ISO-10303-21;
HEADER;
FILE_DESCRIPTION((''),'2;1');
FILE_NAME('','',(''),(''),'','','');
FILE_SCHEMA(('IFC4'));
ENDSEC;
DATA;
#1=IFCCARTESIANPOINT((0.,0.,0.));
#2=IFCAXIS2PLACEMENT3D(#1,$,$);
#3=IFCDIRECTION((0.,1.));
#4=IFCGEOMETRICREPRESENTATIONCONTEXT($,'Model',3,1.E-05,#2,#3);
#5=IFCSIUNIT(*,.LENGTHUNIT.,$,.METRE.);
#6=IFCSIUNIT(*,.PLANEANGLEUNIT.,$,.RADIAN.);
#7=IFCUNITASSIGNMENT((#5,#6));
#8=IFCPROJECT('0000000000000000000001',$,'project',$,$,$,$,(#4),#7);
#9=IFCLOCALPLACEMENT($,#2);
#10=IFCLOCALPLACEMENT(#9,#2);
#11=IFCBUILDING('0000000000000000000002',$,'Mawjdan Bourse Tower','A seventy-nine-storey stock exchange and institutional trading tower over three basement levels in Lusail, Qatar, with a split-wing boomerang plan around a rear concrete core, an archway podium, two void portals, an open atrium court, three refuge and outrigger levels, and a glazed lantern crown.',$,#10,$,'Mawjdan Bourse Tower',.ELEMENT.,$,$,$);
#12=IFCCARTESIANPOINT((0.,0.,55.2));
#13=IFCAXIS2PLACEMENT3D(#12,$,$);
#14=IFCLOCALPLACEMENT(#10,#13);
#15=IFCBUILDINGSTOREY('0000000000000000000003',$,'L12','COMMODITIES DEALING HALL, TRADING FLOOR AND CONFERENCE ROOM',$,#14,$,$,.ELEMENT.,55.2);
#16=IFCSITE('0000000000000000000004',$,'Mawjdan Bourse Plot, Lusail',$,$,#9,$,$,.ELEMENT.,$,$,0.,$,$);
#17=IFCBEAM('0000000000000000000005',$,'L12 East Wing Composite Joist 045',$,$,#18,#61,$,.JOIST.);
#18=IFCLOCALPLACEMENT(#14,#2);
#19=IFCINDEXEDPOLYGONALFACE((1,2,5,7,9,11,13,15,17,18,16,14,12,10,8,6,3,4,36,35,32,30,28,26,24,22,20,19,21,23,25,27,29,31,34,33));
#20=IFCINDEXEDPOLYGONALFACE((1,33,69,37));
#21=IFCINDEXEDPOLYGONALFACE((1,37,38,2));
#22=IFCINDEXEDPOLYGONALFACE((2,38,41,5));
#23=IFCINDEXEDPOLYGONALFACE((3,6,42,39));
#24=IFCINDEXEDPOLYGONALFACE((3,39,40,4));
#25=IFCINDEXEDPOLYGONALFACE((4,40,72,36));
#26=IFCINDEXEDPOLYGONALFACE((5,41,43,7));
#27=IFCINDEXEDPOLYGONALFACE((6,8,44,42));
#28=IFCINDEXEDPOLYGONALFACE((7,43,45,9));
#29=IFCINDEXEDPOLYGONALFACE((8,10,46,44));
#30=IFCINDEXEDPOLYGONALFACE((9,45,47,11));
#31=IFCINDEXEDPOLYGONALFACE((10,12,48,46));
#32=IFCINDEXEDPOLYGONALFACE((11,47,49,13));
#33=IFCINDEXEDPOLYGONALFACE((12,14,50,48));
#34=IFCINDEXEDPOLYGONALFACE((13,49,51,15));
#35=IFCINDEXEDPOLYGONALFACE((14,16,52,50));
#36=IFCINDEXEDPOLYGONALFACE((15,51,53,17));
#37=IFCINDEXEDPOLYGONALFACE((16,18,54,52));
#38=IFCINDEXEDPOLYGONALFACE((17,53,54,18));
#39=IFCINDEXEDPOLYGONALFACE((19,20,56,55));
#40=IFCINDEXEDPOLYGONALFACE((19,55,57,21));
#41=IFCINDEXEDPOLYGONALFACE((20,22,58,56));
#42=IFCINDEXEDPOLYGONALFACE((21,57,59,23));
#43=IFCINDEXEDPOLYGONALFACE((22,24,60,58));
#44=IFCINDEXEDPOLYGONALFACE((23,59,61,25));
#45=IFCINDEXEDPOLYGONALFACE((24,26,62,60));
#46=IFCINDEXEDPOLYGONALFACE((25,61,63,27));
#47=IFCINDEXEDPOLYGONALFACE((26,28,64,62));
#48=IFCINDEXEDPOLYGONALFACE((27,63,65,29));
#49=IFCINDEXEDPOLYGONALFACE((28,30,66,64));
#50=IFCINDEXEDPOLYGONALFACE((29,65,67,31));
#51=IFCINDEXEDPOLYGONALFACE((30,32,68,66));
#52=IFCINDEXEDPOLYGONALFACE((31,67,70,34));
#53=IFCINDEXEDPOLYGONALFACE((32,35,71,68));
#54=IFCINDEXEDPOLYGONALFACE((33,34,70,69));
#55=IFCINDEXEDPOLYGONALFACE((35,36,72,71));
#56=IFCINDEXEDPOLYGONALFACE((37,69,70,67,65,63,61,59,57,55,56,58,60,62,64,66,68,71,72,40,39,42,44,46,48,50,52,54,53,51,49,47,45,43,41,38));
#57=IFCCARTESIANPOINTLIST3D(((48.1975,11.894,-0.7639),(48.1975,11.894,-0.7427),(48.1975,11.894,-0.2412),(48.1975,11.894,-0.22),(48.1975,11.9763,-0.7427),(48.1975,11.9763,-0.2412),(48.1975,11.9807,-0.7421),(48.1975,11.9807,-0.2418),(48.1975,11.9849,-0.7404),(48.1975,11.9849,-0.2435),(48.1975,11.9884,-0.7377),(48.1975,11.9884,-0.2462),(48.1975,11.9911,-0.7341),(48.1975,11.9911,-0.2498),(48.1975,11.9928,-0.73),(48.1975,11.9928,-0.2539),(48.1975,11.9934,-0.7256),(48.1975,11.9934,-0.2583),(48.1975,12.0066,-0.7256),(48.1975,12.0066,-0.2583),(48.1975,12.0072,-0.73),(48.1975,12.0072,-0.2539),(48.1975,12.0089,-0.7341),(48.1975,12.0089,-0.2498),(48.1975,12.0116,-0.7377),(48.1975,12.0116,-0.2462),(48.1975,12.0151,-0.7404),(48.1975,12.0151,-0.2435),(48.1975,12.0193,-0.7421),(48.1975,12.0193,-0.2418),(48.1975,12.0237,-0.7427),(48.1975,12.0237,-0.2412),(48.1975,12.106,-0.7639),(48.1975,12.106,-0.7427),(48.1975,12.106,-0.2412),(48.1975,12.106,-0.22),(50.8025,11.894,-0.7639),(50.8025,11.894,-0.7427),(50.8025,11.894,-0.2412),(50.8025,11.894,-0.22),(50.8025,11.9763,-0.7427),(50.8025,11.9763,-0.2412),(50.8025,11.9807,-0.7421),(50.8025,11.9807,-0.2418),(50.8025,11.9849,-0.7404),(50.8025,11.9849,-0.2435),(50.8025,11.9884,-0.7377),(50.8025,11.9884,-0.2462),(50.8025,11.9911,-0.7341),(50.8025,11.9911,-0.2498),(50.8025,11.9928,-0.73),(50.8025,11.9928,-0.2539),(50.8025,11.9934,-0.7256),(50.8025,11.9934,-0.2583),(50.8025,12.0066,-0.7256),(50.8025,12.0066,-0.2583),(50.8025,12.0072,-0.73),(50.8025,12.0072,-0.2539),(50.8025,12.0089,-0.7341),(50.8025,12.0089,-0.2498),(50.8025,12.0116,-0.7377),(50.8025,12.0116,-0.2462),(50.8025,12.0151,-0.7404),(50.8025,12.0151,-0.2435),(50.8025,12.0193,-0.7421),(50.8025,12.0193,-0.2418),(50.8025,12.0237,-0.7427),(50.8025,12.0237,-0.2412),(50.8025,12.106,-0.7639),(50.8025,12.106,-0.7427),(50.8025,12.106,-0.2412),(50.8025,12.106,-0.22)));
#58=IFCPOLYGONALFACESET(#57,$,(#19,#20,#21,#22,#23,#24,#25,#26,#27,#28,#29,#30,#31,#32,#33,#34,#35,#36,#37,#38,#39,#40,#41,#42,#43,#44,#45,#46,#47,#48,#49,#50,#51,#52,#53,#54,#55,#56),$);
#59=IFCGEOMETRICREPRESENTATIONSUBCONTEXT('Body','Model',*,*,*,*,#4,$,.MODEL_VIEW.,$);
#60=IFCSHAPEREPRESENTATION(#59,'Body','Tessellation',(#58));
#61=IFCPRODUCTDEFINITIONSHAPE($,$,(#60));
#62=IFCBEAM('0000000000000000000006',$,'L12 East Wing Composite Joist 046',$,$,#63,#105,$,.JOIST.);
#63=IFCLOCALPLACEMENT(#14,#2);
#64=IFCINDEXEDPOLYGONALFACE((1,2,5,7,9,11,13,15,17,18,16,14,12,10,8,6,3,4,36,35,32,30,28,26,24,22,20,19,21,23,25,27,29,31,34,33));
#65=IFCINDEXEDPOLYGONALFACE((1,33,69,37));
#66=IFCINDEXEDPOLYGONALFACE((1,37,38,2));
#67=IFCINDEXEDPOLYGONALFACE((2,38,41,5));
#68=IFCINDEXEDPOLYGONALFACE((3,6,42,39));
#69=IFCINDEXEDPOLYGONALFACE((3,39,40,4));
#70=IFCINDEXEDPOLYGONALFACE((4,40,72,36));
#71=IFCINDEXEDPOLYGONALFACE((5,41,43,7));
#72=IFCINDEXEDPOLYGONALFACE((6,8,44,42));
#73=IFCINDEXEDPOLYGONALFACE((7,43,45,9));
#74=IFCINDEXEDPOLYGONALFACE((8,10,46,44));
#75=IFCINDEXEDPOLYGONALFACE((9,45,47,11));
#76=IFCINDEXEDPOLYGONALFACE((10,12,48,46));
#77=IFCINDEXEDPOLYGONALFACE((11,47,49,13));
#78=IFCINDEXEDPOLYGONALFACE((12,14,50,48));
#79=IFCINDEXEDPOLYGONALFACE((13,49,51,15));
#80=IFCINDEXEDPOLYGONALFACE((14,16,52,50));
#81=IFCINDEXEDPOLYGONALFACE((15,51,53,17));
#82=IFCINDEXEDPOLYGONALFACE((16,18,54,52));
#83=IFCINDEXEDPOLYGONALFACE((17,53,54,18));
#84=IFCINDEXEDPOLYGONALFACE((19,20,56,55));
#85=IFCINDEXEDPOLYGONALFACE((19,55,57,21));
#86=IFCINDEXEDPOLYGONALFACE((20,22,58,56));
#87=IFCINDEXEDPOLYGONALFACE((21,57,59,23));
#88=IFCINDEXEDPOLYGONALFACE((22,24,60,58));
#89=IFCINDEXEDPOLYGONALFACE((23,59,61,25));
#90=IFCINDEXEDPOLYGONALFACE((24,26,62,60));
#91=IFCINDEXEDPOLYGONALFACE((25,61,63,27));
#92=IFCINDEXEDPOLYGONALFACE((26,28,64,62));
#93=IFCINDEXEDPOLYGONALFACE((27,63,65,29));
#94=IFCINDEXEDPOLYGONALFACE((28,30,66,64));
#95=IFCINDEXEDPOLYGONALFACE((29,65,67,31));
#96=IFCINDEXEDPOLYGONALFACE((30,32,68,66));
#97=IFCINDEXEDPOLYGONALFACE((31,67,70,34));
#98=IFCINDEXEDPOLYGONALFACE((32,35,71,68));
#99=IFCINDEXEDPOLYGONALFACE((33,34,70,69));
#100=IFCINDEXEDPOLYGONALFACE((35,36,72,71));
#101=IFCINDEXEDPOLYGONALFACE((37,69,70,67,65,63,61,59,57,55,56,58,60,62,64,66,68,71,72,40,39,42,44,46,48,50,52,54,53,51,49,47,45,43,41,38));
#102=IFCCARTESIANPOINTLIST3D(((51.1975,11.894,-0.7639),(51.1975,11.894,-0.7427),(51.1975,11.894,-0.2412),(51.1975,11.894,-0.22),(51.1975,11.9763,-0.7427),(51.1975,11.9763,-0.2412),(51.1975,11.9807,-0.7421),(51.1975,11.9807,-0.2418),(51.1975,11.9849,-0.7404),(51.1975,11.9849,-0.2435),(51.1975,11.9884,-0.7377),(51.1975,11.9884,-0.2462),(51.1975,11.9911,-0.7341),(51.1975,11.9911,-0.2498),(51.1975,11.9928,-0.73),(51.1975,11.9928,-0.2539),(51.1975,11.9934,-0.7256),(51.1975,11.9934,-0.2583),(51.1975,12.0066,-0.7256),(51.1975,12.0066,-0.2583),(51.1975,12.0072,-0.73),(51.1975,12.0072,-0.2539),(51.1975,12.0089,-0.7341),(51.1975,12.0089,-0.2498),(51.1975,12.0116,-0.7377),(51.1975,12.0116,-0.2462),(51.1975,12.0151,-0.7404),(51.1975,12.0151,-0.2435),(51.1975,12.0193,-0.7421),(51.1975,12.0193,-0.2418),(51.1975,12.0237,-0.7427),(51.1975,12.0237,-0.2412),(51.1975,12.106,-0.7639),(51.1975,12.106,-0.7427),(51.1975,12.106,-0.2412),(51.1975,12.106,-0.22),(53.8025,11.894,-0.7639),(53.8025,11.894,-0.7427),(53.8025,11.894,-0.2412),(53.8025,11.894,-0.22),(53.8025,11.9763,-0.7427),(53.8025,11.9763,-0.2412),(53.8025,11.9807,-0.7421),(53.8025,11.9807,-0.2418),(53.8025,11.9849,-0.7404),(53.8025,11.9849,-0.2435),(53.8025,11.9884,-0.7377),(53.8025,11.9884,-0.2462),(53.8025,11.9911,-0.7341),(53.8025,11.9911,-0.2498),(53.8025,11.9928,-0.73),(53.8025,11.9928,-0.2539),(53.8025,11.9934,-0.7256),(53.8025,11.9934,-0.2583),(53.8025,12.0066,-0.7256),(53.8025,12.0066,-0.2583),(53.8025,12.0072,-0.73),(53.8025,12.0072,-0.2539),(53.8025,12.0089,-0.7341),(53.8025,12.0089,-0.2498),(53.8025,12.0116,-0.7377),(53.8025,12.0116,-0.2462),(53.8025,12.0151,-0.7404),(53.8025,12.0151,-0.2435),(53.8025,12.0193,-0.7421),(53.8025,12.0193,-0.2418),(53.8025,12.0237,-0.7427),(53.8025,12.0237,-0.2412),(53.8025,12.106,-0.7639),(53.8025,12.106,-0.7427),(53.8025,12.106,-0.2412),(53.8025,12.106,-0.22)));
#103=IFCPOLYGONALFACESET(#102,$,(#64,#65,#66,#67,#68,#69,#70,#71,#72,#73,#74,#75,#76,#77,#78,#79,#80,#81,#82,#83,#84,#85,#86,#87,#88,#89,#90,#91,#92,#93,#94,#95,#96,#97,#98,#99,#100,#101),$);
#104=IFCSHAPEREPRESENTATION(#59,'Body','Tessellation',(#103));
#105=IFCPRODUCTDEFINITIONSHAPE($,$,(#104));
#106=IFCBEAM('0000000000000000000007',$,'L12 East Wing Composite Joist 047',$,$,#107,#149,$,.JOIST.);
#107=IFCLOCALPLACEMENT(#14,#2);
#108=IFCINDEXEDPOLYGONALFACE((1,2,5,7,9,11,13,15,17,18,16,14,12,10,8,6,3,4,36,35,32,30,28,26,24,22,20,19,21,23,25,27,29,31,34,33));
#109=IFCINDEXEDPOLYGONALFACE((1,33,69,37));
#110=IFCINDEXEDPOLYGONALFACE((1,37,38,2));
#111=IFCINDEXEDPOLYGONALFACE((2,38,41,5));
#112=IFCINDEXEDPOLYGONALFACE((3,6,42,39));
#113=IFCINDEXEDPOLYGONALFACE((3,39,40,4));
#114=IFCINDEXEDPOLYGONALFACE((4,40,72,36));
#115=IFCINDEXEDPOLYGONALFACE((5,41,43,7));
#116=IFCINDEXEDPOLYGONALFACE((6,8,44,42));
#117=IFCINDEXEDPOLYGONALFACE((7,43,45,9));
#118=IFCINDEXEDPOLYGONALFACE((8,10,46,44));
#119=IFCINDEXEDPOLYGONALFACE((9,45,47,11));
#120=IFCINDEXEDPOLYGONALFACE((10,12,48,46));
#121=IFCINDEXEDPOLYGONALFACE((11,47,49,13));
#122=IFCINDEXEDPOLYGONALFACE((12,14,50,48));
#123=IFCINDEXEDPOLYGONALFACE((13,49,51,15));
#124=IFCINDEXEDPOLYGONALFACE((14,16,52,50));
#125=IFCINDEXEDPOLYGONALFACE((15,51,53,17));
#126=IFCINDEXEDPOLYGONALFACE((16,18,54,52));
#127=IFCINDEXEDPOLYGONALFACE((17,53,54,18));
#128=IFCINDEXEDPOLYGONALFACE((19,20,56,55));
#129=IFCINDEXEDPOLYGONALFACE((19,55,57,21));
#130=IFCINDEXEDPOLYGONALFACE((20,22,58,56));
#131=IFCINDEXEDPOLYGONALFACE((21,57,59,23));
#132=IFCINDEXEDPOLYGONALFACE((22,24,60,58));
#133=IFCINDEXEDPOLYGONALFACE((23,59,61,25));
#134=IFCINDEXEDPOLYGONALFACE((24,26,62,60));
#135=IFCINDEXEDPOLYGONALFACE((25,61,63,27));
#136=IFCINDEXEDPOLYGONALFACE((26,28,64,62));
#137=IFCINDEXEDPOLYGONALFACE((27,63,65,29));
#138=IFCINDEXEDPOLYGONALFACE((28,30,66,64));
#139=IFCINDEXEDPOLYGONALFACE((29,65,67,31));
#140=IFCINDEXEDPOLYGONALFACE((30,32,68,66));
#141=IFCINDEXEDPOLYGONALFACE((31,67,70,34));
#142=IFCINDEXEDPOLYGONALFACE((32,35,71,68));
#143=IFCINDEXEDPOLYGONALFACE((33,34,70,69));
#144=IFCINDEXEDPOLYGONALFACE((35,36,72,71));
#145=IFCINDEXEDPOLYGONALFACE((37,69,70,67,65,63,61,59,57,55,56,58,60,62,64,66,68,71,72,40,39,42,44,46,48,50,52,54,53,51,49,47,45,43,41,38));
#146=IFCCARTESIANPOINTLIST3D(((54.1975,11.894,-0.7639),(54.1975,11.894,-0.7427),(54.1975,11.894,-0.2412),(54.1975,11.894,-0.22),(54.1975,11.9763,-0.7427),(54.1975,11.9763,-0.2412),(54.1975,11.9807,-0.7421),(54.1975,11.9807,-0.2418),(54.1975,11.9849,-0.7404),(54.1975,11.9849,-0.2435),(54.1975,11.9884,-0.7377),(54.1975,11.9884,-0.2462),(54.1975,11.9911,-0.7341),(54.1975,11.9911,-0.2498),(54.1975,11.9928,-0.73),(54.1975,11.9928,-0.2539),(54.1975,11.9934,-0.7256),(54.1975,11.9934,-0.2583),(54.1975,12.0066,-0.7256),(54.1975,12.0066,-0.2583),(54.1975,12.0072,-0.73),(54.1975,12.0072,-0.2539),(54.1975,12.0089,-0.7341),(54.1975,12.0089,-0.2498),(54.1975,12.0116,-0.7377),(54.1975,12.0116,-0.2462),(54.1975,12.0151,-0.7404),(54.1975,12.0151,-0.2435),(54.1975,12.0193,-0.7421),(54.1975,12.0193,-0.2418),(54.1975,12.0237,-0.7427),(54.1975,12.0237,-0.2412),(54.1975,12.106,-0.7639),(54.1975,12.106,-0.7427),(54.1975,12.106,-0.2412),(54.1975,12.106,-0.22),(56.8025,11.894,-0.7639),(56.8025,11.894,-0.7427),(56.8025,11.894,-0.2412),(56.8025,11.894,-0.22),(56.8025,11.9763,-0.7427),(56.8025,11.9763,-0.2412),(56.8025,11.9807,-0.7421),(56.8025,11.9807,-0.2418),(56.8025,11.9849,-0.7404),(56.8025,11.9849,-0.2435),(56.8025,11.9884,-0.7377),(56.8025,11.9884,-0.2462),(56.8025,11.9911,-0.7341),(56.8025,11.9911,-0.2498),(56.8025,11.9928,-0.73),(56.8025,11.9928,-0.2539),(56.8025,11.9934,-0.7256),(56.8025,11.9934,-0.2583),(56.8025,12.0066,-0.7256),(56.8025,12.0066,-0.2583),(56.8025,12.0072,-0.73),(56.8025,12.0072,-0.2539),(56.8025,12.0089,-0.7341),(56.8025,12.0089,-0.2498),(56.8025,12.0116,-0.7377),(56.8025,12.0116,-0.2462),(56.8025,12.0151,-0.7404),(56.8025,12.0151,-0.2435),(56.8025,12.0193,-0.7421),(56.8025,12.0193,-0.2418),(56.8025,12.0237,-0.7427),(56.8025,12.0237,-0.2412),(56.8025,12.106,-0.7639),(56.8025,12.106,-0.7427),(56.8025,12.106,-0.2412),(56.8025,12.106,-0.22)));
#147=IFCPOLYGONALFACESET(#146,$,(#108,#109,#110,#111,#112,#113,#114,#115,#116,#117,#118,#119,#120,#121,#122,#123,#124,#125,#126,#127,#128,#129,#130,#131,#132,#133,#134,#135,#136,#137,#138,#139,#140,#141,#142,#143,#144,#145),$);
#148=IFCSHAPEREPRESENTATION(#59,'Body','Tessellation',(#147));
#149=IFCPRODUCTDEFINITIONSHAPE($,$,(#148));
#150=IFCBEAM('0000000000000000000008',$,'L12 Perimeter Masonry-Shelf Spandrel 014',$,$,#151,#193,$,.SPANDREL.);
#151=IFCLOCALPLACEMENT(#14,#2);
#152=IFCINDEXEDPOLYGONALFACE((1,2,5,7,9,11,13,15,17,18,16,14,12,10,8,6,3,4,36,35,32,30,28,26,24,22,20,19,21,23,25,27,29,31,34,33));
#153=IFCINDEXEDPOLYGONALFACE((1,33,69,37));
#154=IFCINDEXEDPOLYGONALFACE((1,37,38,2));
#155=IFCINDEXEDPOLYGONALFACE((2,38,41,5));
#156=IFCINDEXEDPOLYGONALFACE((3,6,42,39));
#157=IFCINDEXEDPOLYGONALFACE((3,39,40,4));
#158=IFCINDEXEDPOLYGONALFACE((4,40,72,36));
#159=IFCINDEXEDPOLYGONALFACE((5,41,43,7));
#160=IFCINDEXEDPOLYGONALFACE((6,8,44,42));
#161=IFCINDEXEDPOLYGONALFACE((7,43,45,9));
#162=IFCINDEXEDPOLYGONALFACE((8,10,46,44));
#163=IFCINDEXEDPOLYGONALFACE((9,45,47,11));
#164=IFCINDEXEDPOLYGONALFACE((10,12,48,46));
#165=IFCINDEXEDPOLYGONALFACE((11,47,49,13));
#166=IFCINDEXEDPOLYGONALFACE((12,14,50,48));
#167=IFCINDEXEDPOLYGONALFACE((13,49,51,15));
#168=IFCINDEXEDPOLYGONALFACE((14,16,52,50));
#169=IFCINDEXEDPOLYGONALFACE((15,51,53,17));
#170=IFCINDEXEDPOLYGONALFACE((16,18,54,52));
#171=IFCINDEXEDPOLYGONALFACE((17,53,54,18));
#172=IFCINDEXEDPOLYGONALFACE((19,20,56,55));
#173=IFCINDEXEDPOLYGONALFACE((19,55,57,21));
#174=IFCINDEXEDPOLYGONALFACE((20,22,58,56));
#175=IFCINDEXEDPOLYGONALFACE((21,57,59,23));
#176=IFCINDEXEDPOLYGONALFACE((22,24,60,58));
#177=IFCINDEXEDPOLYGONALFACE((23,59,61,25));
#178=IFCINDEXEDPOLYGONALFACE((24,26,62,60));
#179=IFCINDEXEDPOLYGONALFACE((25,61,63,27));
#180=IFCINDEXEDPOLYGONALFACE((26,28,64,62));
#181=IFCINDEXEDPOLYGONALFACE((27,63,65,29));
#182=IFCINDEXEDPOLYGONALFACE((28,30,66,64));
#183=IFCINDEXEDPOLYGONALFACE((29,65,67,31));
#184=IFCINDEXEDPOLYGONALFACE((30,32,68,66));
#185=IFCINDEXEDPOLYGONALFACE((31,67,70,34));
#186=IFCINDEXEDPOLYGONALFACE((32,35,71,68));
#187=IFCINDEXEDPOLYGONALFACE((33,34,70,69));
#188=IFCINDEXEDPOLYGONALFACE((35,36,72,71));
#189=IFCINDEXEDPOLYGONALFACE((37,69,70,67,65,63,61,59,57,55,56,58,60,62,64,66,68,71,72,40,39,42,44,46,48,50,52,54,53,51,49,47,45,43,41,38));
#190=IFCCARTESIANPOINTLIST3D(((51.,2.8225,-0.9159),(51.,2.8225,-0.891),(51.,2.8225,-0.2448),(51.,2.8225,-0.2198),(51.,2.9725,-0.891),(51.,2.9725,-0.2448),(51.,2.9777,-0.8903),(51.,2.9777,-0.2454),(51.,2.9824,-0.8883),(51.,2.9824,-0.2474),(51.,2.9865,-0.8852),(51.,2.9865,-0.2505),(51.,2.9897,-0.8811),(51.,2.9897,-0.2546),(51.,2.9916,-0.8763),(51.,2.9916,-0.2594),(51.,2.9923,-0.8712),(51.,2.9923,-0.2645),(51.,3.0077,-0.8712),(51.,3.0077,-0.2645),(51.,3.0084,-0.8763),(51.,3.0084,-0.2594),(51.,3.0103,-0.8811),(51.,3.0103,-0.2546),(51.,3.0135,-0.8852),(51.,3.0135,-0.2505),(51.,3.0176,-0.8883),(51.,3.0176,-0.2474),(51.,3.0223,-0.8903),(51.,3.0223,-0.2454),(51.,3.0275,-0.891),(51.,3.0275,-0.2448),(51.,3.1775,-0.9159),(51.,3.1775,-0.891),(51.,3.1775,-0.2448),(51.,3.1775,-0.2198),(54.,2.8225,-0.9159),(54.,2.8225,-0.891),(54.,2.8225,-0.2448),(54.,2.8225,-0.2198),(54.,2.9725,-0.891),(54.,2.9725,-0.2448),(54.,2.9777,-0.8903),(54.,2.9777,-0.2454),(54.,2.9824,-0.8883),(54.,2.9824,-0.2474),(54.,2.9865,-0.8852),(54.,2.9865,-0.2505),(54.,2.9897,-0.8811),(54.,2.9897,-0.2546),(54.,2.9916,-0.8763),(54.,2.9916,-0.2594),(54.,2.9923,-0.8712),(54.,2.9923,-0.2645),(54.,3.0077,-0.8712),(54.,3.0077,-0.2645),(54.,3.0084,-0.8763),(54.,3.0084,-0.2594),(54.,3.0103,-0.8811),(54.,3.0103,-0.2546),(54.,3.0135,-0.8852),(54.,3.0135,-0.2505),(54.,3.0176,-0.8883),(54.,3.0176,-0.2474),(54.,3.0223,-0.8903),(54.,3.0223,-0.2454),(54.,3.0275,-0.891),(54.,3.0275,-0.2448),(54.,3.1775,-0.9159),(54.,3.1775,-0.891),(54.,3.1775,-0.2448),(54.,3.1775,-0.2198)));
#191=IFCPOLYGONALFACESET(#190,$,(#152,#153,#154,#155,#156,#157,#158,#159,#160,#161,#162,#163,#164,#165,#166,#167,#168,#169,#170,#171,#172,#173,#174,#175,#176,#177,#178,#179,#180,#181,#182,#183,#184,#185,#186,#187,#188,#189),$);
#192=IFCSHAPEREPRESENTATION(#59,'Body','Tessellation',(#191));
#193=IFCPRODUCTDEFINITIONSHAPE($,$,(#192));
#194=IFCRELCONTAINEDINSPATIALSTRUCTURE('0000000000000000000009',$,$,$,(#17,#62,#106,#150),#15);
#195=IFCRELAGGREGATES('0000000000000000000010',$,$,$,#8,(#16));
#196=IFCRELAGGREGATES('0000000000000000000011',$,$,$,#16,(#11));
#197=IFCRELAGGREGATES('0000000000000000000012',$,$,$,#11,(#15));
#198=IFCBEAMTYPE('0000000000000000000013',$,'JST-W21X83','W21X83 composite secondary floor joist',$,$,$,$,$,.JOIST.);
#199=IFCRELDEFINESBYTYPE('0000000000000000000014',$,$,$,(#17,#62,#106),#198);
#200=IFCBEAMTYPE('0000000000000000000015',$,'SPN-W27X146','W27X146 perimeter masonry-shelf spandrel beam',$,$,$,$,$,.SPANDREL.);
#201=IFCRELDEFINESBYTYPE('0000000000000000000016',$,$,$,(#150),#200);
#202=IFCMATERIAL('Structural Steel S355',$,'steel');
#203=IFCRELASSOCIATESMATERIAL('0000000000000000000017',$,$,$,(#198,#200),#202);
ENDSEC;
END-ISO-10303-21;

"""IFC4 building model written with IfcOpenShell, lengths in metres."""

from ifc_helpers import new_model, si_unit, direction, frame, origin, origin_2d, place, context, subcontext, project, spatial, i_section, extrude, material, material_profile, profile_set, type_object, element, save


model = new_model("IFC4")

# Units and contexts
model_context = context("Model", 3, precision=1e-05, world=origin(), true_north=direction((0.0, 1.0)))
body_context = subcontext(model_context, "Body", "Model", "MODEL_VIEW")
ifc_project = project(units=[si_unit("LENGTHUNIT", "METRE"), si_unit("PLANEANGLEUNIT", "RADIAN")], contexts=[model_context])

# Site, building, storey
site_placement = place(None, origin())
site = spatial("IfcSite", under=ifc_project, at=site_placement, Name="Mawjdan Bourse Plot, Lusail", CompositionType="ELEMENT", RefElevation=0.0)
building_placement = place(site_placement, origin())
building = spatial("IfcBuilding", under=site, at=building_placement, Name="Mawjdan Bourse Tower", Description="A seventy-nine-storey stock exchange and institutional trading tower over three basement levels in Lusail, Qatar, with a split-wing boomerang plan around a rear concrete core, an archway podium, two void portals, an open atrium court, three refuge and outrigger levels, and a glazed lantern crown.", LongName="Mawjdan Bourse Tower", CompositionType="ELEMENT")
storey_placement = place(building_placement, frame((0.0, 0.0, 55.2)))
storey = spatial("IfcBuildingStorey", under=building, at=storey_placement, Name="L12", Description="COMMODITIES DEALING HALL, TRADING FLOOR AND CONFERENCE ROOM", CompositionType="ELEMENT", Elevation=55.2)

# Beams
ifc_material_1 = material(Name="Structural Steel S355", Category="steel")
ifc_material_profile_1 = material_profile(ifc_material_1, i_section(OverallWidth=0.2119, OverallDepth=0.5439, WebThickness=0.0132, FlangeThickness=0.0212, FilletRadius=0.0171, at=origin_2d()), Name="W21X83")
ifc_profile_set_1 = profile_set([ifc_material_profile_1], Name="Structural Steel S355")
beam_type_1 = type_object("IfcBeamType", Name="JST-W21X83", Description="W21X83 composite secondary floor joist", PredefinedType="JOIST", material=ifc_profile_set_1)
for number, where, z_axis, x_axis, name in (
    (1, (48.1975, 12.0, -0.4919), (1.0, 0.0, 0.0), (0.0, 1.0, 0.0), "L12 East Wing Composite Joist 045"),
    (2, (51.1975, 12.0, -0.4919), (1.0, 0.0, 0.0), (0.0, 1.0, 0.0), "L12 East Wing Composite Joist 046"),
    (3, (54.1975, 12.0, -0.4919), (1.0, 0.0, 0.0), (0.0, 1.0, 0.0), "L12 East Wing Composite Joist 047"),
):
    element("IfcBeam", number, at=place(storey_placement, frame(where, z_axis=z_axis, x_axis=x_axis)), inside=storey, type_object=beam_type_1, Name=name, PredefinedType="JOIST", context=body_context, shape_type="SweptSolid", body=[
        extrude(i_section(OverallWidth=0.2119, OverallDepth=0.5439, WebThickness=0.0132, FlangeThickness=0.0212, FilletRadius=0.0171, at=origin_2d()), origin(), (0.0, 0.0, 1.0), 2.605),
    ])
ifc_material_profile_2 = material_profile(ifc_material_1, i_section(OverallWidth=0.355, OverallDepth=0.696, WebThickness=0.0154, FlangeThickness=0.0249, FilletRadius=0.0198, at=origin_2d()), Name="W27X146")
ifc_profile_set_2 = profile_set([ifc_material_profile_2], Name="Structural Steel S355")
beam_type_2 = type_object("IfcBeamType", Name="SPN-W27X146", Description="W27X146 perimeter masonry-shelf spandrel beam", PredefinedType="SPANDREL", material=ifc_profile_set_2)
for number, where, z_axis, x_axis, name in (
    (4, (51.0, 3.0, -0.5679), (1.0, 0.0, 0.0), (0.0, 1.0, 0.0), "L12 Perimeter Masonry-Shelf Spandrel 014"),
):
    element("IfcBeam", number, at=place(storey_placement, frame(where, z_axis=z_axis, x_axis=x_axis)), inside=storey, type_object=beam_type_2, Name=name, PredefinedType="SPANDREL", context=body_context, shape_type="SweptSolid", body=[
        extrude(i_section(OverallWidth=0.355, OverallDepth=0.696, WebThickness=0.0154, FlangeThickness=0.0249, FilletRadius=0.0198, at=origin_2d()), origin(), (0.0, 0.0, 1.0), 3.0),
    ])

save(model, "model.ifc")
